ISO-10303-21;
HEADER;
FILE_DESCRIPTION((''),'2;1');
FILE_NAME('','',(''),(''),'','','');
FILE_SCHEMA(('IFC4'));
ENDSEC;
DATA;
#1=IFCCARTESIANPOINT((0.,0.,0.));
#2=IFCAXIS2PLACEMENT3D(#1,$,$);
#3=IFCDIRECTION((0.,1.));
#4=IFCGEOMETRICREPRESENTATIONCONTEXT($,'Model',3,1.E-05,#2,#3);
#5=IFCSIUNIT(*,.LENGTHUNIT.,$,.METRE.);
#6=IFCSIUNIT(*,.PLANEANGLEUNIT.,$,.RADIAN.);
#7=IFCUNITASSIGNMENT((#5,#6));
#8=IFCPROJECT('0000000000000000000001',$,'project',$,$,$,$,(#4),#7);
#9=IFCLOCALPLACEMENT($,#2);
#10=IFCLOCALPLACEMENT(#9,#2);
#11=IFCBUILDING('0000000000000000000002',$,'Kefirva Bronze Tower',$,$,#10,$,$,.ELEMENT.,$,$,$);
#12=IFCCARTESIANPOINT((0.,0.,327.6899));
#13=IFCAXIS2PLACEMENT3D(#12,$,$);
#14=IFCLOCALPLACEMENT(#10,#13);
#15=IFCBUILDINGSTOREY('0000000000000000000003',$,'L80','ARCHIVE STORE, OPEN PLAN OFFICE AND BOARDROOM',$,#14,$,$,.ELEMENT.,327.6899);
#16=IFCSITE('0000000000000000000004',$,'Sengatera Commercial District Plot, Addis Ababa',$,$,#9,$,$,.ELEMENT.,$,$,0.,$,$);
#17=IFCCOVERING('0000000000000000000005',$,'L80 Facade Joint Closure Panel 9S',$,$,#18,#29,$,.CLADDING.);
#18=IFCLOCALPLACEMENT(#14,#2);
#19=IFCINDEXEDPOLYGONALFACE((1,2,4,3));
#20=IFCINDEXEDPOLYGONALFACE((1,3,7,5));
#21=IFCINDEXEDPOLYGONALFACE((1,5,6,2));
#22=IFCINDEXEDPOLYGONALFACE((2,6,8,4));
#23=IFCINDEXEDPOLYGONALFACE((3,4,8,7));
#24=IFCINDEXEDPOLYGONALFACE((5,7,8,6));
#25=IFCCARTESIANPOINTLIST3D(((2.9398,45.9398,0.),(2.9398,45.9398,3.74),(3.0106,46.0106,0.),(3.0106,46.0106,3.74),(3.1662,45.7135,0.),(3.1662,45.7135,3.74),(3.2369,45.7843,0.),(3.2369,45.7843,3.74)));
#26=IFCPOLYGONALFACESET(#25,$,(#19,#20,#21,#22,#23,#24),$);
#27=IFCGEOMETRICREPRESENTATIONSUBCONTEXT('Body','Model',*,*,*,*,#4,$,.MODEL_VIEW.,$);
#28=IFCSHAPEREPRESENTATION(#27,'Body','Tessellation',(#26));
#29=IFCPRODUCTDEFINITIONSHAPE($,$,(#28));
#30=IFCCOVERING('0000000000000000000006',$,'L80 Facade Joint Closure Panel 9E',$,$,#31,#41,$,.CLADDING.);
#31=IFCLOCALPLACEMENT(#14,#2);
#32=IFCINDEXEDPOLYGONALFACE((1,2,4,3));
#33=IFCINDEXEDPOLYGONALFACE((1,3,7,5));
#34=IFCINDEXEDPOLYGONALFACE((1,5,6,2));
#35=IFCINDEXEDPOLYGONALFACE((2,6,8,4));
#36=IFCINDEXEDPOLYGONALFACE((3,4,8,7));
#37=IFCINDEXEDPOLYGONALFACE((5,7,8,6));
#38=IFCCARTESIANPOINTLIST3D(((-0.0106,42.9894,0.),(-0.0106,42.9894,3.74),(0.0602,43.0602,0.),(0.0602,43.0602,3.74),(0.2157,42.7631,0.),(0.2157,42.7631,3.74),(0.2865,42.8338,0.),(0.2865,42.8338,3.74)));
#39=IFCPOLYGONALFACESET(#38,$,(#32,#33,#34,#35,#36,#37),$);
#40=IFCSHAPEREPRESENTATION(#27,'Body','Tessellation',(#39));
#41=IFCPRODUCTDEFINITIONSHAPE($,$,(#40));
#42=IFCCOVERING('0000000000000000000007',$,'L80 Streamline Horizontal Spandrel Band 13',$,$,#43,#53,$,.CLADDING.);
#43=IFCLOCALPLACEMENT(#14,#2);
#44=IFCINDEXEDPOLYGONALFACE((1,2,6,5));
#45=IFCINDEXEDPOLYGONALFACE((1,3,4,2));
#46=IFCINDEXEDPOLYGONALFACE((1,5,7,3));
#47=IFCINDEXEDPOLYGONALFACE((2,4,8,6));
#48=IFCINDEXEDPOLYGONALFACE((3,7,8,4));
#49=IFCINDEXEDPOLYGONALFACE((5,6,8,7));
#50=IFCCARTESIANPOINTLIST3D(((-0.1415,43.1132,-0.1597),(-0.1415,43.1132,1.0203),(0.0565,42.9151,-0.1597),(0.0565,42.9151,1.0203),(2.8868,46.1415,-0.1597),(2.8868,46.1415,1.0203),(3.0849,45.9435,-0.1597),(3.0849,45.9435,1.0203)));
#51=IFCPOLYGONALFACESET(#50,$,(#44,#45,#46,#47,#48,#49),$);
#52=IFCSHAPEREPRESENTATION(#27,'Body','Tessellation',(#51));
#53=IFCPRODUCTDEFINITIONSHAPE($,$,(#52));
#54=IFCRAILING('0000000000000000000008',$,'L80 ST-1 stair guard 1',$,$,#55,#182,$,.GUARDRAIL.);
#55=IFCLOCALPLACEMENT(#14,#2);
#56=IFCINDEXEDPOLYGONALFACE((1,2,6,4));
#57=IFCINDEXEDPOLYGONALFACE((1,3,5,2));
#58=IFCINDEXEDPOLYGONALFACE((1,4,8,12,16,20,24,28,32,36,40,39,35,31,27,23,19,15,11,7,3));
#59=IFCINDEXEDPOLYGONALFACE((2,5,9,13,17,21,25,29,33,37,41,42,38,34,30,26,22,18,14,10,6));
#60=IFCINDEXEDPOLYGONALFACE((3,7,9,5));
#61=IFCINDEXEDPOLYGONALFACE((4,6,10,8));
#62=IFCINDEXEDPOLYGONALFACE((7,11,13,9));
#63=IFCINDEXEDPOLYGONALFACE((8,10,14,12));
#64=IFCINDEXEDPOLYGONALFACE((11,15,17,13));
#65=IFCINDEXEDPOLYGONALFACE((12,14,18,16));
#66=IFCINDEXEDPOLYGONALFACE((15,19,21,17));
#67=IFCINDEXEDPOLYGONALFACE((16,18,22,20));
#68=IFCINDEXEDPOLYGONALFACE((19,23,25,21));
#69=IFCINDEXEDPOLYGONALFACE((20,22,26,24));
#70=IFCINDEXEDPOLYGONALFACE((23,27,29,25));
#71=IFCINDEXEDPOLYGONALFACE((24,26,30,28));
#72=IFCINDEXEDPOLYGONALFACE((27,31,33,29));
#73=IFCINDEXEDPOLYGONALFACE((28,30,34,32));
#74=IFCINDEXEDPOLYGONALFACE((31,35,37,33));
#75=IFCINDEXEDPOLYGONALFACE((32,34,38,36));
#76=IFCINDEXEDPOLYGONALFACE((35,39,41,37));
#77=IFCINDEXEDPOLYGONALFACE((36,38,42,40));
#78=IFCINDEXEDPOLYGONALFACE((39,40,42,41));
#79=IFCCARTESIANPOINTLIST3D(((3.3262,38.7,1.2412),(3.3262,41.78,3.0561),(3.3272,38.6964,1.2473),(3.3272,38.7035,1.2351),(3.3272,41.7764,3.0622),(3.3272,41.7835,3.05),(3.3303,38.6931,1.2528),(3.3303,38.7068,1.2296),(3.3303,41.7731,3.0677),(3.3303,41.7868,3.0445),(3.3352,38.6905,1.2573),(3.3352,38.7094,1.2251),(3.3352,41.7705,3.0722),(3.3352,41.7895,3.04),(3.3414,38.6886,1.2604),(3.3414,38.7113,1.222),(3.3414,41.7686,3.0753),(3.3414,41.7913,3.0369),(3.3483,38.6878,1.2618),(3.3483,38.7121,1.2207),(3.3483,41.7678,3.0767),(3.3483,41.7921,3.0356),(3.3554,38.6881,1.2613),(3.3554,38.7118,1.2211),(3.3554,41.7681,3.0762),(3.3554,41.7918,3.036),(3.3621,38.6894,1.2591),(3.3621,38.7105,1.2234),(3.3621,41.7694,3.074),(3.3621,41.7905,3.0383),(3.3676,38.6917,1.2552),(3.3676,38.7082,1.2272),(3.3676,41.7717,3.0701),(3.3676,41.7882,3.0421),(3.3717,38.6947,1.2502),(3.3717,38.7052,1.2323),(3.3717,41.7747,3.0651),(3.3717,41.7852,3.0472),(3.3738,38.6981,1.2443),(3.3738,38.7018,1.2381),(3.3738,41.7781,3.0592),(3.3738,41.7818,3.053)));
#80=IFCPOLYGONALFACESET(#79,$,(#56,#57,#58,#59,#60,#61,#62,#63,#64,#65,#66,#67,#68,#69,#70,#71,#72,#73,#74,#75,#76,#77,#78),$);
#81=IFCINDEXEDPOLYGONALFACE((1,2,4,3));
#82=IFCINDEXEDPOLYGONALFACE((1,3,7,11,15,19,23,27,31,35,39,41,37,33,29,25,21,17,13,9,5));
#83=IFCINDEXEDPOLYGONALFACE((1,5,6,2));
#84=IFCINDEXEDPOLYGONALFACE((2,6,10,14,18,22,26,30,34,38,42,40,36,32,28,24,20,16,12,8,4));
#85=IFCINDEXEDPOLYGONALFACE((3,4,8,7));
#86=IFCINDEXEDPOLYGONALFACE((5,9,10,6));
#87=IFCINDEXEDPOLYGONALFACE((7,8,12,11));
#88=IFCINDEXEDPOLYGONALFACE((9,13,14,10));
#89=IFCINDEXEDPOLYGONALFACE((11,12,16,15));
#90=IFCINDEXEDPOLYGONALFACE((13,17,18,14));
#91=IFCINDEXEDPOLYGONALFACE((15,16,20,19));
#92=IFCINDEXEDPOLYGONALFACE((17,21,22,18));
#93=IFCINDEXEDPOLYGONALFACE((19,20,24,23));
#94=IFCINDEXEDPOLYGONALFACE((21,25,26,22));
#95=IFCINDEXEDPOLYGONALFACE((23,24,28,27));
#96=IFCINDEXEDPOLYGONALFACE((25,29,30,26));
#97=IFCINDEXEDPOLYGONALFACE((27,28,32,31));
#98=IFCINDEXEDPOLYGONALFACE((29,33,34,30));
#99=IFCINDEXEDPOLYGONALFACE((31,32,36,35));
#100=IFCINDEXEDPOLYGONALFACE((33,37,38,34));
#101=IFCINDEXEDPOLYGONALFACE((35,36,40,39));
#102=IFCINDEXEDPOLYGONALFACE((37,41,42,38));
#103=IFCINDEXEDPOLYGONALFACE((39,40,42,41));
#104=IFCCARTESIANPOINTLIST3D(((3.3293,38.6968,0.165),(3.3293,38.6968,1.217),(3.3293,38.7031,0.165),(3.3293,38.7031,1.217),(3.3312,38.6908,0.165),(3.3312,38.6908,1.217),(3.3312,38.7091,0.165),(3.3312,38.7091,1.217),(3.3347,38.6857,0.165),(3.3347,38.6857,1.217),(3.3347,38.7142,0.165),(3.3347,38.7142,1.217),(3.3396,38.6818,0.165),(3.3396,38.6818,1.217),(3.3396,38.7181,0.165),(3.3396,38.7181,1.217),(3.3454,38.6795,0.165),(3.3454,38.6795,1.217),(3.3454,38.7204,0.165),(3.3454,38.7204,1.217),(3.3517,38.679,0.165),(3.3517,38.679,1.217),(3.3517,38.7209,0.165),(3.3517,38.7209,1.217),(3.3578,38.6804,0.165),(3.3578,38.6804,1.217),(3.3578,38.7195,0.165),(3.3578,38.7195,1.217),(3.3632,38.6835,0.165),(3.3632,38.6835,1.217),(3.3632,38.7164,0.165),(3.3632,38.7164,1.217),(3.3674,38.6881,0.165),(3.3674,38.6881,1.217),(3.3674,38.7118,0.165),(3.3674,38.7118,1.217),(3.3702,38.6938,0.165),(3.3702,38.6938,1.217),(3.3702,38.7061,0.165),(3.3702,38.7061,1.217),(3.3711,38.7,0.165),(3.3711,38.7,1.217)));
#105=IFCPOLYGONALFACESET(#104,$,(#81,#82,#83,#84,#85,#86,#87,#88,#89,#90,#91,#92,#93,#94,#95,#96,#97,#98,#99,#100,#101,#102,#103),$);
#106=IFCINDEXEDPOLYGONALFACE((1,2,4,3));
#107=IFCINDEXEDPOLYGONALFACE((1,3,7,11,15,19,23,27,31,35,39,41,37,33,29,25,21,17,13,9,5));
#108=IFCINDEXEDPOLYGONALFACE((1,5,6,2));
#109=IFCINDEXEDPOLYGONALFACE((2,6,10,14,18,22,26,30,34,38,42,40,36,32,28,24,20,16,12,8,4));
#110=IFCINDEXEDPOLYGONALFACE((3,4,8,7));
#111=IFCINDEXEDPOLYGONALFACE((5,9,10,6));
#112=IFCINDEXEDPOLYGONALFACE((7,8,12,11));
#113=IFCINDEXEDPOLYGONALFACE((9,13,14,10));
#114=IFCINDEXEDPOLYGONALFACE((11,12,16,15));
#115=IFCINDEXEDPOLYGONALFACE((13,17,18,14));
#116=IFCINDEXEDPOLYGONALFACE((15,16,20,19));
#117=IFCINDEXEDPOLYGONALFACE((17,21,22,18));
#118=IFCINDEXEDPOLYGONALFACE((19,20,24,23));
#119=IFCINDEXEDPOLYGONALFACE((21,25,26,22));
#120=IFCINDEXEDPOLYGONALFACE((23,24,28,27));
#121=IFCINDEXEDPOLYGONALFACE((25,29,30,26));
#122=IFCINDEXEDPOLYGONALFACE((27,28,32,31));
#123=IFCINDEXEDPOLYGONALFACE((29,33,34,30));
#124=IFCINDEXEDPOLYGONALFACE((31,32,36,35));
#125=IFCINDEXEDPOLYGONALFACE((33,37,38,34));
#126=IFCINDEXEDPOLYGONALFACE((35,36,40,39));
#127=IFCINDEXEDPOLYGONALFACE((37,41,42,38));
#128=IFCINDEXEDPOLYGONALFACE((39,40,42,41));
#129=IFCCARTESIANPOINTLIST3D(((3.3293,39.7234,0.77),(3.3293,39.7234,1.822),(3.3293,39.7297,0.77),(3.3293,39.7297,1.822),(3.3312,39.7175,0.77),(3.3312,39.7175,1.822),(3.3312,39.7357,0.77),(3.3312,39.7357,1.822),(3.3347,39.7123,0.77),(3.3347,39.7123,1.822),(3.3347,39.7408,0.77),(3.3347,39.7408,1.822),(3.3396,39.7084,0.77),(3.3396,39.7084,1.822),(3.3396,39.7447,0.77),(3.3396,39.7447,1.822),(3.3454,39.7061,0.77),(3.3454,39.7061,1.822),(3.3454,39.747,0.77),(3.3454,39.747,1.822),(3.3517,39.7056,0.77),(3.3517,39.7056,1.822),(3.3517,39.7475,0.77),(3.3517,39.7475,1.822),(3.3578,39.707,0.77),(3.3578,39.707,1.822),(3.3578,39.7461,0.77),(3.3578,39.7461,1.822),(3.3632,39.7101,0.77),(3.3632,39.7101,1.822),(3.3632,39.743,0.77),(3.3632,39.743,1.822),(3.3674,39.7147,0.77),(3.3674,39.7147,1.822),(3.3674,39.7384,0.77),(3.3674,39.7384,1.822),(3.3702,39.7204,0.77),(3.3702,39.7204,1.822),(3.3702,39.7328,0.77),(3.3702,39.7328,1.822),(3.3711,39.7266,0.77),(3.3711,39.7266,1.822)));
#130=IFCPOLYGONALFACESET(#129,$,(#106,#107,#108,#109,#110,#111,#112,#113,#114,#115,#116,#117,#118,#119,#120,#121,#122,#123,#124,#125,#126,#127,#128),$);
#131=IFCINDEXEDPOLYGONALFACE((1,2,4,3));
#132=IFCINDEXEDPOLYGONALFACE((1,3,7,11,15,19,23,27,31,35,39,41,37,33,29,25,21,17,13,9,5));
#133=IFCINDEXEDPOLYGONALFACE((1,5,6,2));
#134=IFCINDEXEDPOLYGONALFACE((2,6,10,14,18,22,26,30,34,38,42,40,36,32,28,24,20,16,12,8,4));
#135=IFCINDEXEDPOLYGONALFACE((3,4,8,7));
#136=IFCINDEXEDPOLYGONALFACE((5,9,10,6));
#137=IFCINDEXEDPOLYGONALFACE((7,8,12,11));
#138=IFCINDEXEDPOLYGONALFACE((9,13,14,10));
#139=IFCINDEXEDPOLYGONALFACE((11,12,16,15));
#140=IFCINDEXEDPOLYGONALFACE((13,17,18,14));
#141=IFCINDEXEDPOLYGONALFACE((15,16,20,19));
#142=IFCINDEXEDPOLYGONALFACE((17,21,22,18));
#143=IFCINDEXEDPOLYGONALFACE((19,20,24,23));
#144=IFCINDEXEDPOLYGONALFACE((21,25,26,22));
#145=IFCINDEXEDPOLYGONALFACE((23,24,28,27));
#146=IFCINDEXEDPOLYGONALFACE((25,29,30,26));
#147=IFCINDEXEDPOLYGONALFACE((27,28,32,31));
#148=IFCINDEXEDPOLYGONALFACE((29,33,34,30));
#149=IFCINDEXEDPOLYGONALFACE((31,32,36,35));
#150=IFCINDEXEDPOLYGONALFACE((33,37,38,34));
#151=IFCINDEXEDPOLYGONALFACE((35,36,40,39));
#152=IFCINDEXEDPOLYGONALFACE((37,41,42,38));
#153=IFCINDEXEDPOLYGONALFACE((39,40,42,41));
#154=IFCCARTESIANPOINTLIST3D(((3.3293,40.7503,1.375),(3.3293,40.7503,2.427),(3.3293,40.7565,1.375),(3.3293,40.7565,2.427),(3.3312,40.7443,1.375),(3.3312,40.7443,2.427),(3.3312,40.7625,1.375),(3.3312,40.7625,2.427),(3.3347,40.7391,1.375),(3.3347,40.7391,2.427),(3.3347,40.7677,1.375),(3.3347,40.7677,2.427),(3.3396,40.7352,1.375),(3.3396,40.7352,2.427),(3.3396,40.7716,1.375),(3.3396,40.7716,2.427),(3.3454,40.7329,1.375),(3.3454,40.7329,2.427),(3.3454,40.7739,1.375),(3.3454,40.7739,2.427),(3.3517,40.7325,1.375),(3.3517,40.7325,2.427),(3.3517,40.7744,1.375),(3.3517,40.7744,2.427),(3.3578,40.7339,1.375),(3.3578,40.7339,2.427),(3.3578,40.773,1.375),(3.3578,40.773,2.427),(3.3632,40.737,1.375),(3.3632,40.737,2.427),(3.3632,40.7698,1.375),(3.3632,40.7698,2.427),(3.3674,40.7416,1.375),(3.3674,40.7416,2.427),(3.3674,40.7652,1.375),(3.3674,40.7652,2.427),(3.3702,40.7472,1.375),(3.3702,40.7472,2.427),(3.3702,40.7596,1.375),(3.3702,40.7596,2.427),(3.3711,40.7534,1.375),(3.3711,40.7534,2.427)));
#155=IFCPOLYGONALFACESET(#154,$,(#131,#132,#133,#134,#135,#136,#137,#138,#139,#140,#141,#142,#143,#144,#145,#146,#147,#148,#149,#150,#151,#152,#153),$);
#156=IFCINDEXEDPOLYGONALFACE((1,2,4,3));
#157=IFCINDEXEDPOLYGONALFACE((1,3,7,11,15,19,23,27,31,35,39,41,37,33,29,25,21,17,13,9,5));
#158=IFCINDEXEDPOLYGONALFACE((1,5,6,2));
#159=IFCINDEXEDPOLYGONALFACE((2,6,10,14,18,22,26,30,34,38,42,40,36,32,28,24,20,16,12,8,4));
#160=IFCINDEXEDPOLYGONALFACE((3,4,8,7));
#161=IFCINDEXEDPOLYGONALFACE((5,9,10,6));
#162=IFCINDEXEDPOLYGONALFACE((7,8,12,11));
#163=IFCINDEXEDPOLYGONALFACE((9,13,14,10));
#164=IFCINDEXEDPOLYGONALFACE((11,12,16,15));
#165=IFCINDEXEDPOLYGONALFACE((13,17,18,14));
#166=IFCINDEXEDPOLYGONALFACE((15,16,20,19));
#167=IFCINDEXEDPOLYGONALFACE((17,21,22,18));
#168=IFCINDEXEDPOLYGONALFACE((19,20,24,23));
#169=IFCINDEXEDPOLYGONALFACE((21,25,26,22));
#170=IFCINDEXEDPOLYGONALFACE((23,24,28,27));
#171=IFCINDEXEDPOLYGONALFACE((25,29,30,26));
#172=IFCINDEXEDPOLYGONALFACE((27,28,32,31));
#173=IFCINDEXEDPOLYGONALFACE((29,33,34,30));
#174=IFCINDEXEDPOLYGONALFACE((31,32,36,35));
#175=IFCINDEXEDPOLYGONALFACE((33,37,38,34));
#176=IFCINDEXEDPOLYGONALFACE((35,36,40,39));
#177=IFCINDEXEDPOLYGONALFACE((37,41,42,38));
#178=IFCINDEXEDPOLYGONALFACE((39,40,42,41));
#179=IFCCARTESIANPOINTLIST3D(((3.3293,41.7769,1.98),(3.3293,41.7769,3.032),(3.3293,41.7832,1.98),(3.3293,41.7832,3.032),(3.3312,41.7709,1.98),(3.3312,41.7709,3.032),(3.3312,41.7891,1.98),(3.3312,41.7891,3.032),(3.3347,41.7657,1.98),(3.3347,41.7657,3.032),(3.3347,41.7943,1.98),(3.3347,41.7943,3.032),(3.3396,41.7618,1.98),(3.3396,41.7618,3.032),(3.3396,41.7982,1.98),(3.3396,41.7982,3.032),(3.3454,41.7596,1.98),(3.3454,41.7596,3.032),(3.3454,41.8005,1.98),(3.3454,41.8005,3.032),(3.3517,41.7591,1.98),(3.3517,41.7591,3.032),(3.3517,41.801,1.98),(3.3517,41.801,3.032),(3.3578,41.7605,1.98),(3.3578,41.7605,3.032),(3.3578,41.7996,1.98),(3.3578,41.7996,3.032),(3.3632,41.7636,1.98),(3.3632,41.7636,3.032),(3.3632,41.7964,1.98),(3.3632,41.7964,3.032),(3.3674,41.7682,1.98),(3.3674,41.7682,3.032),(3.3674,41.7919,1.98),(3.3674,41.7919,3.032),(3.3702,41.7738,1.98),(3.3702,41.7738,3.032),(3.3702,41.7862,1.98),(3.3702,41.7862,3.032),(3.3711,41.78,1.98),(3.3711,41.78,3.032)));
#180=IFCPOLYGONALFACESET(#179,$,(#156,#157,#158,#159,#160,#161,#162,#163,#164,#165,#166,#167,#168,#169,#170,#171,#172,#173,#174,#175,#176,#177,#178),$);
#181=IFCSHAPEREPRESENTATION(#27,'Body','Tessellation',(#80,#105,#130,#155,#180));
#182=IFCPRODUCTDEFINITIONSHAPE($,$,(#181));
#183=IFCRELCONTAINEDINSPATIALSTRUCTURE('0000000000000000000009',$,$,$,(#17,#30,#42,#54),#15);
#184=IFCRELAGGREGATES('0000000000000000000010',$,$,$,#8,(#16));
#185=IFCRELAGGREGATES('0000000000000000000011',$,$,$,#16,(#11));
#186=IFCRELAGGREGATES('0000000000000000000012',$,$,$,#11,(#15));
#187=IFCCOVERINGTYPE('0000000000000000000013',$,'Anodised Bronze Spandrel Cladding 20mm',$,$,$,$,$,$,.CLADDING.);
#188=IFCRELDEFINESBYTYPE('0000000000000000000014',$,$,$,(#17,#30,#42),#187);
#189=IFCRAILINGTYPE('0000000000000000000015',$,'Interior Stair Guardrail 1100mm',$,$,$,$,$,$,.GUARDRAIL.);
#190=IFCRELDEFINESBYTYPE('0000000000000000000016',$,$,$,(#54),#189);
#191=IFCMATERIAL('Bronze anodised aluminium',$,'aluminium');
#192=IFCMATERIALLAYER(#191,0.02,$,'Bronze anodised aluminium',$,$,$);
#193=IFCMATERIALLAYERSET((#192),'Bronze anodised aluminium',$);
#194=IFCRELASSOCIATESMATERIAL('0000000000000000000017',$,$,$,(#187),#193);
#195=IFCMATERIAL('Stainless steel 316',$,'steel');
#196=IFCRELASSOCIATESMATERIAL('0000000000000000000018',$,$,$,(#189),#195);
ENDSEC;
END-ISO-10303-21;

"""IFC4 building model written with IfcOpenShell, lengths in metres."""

from ifc_helpers import new_model, si_unit, direction, frame, origin, origin_2d, place, context, subcontext, project, spatial, rectangle, circle, extrude, material, layer, layer_set, type_object, element, save


model = new_model("IFC4")

# Units and contexts
model_context = context("Model", 3, precision=1e-05, world=origin(), true_north=direction((0.0, 1.0)))
body_context = subcontext(model_context, "Body", "Model", "MODEL_VIEW")
ifc_project = project(units=[si_unit("LENGTHUNIT", "METRE"), si_unit("PLANEANGLEUNIT", "RADIAN")], contexts=[model_context])

# Site, building, storey
site_placement = place(None, origin())
site = spatial("IfcSite", under=ifc_project, at=site_placement, Name="Sengatera Commercial District Plot, Addis Ababa", CompositionType="ELEMENT", RefElevation=0.0)
building_placement = place(site_placement, origin())
building = spatial("IfcBuilding", under=site, at=building_placement, Name="Kefirva Bronze Tower", CompositionType="ELEMENT")
storey_placement = place(building_placement, frame((0.0, 0.0, 327.6899)))
storey = spatial("IfcBuildingStorey", under=building, at=storey_placement, Name="L80", Description="ARCHIVE STORE, OPEN PLAN OFFICE AND BOARDROOM", CompositionType="ELEMENT", Elevation=327.6899)

# Coverings
ifc_material_1 = material(Name="Bronze anodised aluminium", Category="aluminium")
ifc_layer_1 = layer(ifc_material_1, 0.02, Name="Bronze anodised aluminium")
ifc_layer_set_1 = layer_set([ifc_layer_1], Name="Bronze anodised aluminium")
covering_type_1 = type_object("IfcCoveringType", Name="Anodised Bronze Spandrel Cladding 20mm", PredefinedType="CLADDING", material=ifc_layer_set_1)
for number, where, z_axis, x_axis, name in (
    (1, (3.0884, 45.8621, 0.0), (0.0, 0.0, 1.0), (-0.707107, -0.707107, 0.0), "L80 Facade Joint Closure Panel 9S"),
    (2, (0.1379, 42.9116, 0.0), (0.0, 0.0, 1.0), (-0.707107, -0.707107, 0.0), "L80 Facade Joint Closure Panel 9E"),
):
    element("IfcCovering", number, at=place(storey_placement, frame(where, z_axis=z_axis, x_axis=x_axis)), inside=storey, type_object=covering_type_1, Name=name, PredefinedType="CLADDING", context=body_context, shape_type="SweptSolid", body=[
        extrude(rectangle(XDim=0.1001, YDim=0.3201, at=origin_2d()), origin(), (0.0, 0.0, 1.0), 3.74),
    ])
covering_1_placement = place(storey_placement, frame((1.4717, 44.5283, -0.1597), z_axis=(0.0, 0.0, 1.0), x_axis=(-0.707107, -0.707107, 0.0)))
element("IfcCovering", 3, at=covering_1_placement, inside=storey, type_object=covering_type_1, Name="L80 Streamline Horizontal Spandrel Band 13", PredefinedType="CLADDING", context=body_context, shape_type="SweptSolid", body=[
    extrude(rectangle(XDim=4.2827, YDim=0.28, at=origin_2d()), origin(), (0.0, 0.0, 1.0), 1.1799),
])

# Railing
ifc_material_2 = material(Name="Stainless steel 316", Category="steel")
railing_type_1 = type_object("IfcRailingType", Name="Interior Stair Guardrail 1100mm", PredefinedType="GUARDRAIL", material=ifc_material_2)
railing_1_placement = place(storey_placement, frame((3.3501, 38.7, 0.165)))
element("IfcRailing", 4, at=railing_1_placement, inside=storey, type_object=railing_type_1, Name="L80 ST-1 stair guard 1", PredefinedType="GUARDRAIL", context=body_context, shape_type="SweptSolid", body=[
    extrude(circle(Radius=0.0239, at=origin_2d()), frame((0.0, 0.0, 1.0762), z_axis=(0.0, 0.861551, 0.507671), x_axis=(-1.0, 0.0, 0.0)), (0.0, 0.0, 1.0), 3.575),
    extrude(circle(Radius=0.021, at=origin_2d()), origin(), (0.0, 0.0, 1.0), 1.052),
    extrude(circle(Radius=0.021, at=origin_2d()), frame((0.0, 1.0266, 0.605)), (0.0, 0.0, 1.0), 1.052),
    extrude(circle(Radius=0.021, at=origin_2d()), frame((0.0, 2.0535, 1.21)), (0.0, 0.0, 1.0), 1.052),
    extrude(circle(Radius=0.021, at=origin_2d()), frame((0.0, 3.0801, 1.8149)), (0.0, 0.0, 1.0), 1.052),
])

save(model, "model.ifc")
